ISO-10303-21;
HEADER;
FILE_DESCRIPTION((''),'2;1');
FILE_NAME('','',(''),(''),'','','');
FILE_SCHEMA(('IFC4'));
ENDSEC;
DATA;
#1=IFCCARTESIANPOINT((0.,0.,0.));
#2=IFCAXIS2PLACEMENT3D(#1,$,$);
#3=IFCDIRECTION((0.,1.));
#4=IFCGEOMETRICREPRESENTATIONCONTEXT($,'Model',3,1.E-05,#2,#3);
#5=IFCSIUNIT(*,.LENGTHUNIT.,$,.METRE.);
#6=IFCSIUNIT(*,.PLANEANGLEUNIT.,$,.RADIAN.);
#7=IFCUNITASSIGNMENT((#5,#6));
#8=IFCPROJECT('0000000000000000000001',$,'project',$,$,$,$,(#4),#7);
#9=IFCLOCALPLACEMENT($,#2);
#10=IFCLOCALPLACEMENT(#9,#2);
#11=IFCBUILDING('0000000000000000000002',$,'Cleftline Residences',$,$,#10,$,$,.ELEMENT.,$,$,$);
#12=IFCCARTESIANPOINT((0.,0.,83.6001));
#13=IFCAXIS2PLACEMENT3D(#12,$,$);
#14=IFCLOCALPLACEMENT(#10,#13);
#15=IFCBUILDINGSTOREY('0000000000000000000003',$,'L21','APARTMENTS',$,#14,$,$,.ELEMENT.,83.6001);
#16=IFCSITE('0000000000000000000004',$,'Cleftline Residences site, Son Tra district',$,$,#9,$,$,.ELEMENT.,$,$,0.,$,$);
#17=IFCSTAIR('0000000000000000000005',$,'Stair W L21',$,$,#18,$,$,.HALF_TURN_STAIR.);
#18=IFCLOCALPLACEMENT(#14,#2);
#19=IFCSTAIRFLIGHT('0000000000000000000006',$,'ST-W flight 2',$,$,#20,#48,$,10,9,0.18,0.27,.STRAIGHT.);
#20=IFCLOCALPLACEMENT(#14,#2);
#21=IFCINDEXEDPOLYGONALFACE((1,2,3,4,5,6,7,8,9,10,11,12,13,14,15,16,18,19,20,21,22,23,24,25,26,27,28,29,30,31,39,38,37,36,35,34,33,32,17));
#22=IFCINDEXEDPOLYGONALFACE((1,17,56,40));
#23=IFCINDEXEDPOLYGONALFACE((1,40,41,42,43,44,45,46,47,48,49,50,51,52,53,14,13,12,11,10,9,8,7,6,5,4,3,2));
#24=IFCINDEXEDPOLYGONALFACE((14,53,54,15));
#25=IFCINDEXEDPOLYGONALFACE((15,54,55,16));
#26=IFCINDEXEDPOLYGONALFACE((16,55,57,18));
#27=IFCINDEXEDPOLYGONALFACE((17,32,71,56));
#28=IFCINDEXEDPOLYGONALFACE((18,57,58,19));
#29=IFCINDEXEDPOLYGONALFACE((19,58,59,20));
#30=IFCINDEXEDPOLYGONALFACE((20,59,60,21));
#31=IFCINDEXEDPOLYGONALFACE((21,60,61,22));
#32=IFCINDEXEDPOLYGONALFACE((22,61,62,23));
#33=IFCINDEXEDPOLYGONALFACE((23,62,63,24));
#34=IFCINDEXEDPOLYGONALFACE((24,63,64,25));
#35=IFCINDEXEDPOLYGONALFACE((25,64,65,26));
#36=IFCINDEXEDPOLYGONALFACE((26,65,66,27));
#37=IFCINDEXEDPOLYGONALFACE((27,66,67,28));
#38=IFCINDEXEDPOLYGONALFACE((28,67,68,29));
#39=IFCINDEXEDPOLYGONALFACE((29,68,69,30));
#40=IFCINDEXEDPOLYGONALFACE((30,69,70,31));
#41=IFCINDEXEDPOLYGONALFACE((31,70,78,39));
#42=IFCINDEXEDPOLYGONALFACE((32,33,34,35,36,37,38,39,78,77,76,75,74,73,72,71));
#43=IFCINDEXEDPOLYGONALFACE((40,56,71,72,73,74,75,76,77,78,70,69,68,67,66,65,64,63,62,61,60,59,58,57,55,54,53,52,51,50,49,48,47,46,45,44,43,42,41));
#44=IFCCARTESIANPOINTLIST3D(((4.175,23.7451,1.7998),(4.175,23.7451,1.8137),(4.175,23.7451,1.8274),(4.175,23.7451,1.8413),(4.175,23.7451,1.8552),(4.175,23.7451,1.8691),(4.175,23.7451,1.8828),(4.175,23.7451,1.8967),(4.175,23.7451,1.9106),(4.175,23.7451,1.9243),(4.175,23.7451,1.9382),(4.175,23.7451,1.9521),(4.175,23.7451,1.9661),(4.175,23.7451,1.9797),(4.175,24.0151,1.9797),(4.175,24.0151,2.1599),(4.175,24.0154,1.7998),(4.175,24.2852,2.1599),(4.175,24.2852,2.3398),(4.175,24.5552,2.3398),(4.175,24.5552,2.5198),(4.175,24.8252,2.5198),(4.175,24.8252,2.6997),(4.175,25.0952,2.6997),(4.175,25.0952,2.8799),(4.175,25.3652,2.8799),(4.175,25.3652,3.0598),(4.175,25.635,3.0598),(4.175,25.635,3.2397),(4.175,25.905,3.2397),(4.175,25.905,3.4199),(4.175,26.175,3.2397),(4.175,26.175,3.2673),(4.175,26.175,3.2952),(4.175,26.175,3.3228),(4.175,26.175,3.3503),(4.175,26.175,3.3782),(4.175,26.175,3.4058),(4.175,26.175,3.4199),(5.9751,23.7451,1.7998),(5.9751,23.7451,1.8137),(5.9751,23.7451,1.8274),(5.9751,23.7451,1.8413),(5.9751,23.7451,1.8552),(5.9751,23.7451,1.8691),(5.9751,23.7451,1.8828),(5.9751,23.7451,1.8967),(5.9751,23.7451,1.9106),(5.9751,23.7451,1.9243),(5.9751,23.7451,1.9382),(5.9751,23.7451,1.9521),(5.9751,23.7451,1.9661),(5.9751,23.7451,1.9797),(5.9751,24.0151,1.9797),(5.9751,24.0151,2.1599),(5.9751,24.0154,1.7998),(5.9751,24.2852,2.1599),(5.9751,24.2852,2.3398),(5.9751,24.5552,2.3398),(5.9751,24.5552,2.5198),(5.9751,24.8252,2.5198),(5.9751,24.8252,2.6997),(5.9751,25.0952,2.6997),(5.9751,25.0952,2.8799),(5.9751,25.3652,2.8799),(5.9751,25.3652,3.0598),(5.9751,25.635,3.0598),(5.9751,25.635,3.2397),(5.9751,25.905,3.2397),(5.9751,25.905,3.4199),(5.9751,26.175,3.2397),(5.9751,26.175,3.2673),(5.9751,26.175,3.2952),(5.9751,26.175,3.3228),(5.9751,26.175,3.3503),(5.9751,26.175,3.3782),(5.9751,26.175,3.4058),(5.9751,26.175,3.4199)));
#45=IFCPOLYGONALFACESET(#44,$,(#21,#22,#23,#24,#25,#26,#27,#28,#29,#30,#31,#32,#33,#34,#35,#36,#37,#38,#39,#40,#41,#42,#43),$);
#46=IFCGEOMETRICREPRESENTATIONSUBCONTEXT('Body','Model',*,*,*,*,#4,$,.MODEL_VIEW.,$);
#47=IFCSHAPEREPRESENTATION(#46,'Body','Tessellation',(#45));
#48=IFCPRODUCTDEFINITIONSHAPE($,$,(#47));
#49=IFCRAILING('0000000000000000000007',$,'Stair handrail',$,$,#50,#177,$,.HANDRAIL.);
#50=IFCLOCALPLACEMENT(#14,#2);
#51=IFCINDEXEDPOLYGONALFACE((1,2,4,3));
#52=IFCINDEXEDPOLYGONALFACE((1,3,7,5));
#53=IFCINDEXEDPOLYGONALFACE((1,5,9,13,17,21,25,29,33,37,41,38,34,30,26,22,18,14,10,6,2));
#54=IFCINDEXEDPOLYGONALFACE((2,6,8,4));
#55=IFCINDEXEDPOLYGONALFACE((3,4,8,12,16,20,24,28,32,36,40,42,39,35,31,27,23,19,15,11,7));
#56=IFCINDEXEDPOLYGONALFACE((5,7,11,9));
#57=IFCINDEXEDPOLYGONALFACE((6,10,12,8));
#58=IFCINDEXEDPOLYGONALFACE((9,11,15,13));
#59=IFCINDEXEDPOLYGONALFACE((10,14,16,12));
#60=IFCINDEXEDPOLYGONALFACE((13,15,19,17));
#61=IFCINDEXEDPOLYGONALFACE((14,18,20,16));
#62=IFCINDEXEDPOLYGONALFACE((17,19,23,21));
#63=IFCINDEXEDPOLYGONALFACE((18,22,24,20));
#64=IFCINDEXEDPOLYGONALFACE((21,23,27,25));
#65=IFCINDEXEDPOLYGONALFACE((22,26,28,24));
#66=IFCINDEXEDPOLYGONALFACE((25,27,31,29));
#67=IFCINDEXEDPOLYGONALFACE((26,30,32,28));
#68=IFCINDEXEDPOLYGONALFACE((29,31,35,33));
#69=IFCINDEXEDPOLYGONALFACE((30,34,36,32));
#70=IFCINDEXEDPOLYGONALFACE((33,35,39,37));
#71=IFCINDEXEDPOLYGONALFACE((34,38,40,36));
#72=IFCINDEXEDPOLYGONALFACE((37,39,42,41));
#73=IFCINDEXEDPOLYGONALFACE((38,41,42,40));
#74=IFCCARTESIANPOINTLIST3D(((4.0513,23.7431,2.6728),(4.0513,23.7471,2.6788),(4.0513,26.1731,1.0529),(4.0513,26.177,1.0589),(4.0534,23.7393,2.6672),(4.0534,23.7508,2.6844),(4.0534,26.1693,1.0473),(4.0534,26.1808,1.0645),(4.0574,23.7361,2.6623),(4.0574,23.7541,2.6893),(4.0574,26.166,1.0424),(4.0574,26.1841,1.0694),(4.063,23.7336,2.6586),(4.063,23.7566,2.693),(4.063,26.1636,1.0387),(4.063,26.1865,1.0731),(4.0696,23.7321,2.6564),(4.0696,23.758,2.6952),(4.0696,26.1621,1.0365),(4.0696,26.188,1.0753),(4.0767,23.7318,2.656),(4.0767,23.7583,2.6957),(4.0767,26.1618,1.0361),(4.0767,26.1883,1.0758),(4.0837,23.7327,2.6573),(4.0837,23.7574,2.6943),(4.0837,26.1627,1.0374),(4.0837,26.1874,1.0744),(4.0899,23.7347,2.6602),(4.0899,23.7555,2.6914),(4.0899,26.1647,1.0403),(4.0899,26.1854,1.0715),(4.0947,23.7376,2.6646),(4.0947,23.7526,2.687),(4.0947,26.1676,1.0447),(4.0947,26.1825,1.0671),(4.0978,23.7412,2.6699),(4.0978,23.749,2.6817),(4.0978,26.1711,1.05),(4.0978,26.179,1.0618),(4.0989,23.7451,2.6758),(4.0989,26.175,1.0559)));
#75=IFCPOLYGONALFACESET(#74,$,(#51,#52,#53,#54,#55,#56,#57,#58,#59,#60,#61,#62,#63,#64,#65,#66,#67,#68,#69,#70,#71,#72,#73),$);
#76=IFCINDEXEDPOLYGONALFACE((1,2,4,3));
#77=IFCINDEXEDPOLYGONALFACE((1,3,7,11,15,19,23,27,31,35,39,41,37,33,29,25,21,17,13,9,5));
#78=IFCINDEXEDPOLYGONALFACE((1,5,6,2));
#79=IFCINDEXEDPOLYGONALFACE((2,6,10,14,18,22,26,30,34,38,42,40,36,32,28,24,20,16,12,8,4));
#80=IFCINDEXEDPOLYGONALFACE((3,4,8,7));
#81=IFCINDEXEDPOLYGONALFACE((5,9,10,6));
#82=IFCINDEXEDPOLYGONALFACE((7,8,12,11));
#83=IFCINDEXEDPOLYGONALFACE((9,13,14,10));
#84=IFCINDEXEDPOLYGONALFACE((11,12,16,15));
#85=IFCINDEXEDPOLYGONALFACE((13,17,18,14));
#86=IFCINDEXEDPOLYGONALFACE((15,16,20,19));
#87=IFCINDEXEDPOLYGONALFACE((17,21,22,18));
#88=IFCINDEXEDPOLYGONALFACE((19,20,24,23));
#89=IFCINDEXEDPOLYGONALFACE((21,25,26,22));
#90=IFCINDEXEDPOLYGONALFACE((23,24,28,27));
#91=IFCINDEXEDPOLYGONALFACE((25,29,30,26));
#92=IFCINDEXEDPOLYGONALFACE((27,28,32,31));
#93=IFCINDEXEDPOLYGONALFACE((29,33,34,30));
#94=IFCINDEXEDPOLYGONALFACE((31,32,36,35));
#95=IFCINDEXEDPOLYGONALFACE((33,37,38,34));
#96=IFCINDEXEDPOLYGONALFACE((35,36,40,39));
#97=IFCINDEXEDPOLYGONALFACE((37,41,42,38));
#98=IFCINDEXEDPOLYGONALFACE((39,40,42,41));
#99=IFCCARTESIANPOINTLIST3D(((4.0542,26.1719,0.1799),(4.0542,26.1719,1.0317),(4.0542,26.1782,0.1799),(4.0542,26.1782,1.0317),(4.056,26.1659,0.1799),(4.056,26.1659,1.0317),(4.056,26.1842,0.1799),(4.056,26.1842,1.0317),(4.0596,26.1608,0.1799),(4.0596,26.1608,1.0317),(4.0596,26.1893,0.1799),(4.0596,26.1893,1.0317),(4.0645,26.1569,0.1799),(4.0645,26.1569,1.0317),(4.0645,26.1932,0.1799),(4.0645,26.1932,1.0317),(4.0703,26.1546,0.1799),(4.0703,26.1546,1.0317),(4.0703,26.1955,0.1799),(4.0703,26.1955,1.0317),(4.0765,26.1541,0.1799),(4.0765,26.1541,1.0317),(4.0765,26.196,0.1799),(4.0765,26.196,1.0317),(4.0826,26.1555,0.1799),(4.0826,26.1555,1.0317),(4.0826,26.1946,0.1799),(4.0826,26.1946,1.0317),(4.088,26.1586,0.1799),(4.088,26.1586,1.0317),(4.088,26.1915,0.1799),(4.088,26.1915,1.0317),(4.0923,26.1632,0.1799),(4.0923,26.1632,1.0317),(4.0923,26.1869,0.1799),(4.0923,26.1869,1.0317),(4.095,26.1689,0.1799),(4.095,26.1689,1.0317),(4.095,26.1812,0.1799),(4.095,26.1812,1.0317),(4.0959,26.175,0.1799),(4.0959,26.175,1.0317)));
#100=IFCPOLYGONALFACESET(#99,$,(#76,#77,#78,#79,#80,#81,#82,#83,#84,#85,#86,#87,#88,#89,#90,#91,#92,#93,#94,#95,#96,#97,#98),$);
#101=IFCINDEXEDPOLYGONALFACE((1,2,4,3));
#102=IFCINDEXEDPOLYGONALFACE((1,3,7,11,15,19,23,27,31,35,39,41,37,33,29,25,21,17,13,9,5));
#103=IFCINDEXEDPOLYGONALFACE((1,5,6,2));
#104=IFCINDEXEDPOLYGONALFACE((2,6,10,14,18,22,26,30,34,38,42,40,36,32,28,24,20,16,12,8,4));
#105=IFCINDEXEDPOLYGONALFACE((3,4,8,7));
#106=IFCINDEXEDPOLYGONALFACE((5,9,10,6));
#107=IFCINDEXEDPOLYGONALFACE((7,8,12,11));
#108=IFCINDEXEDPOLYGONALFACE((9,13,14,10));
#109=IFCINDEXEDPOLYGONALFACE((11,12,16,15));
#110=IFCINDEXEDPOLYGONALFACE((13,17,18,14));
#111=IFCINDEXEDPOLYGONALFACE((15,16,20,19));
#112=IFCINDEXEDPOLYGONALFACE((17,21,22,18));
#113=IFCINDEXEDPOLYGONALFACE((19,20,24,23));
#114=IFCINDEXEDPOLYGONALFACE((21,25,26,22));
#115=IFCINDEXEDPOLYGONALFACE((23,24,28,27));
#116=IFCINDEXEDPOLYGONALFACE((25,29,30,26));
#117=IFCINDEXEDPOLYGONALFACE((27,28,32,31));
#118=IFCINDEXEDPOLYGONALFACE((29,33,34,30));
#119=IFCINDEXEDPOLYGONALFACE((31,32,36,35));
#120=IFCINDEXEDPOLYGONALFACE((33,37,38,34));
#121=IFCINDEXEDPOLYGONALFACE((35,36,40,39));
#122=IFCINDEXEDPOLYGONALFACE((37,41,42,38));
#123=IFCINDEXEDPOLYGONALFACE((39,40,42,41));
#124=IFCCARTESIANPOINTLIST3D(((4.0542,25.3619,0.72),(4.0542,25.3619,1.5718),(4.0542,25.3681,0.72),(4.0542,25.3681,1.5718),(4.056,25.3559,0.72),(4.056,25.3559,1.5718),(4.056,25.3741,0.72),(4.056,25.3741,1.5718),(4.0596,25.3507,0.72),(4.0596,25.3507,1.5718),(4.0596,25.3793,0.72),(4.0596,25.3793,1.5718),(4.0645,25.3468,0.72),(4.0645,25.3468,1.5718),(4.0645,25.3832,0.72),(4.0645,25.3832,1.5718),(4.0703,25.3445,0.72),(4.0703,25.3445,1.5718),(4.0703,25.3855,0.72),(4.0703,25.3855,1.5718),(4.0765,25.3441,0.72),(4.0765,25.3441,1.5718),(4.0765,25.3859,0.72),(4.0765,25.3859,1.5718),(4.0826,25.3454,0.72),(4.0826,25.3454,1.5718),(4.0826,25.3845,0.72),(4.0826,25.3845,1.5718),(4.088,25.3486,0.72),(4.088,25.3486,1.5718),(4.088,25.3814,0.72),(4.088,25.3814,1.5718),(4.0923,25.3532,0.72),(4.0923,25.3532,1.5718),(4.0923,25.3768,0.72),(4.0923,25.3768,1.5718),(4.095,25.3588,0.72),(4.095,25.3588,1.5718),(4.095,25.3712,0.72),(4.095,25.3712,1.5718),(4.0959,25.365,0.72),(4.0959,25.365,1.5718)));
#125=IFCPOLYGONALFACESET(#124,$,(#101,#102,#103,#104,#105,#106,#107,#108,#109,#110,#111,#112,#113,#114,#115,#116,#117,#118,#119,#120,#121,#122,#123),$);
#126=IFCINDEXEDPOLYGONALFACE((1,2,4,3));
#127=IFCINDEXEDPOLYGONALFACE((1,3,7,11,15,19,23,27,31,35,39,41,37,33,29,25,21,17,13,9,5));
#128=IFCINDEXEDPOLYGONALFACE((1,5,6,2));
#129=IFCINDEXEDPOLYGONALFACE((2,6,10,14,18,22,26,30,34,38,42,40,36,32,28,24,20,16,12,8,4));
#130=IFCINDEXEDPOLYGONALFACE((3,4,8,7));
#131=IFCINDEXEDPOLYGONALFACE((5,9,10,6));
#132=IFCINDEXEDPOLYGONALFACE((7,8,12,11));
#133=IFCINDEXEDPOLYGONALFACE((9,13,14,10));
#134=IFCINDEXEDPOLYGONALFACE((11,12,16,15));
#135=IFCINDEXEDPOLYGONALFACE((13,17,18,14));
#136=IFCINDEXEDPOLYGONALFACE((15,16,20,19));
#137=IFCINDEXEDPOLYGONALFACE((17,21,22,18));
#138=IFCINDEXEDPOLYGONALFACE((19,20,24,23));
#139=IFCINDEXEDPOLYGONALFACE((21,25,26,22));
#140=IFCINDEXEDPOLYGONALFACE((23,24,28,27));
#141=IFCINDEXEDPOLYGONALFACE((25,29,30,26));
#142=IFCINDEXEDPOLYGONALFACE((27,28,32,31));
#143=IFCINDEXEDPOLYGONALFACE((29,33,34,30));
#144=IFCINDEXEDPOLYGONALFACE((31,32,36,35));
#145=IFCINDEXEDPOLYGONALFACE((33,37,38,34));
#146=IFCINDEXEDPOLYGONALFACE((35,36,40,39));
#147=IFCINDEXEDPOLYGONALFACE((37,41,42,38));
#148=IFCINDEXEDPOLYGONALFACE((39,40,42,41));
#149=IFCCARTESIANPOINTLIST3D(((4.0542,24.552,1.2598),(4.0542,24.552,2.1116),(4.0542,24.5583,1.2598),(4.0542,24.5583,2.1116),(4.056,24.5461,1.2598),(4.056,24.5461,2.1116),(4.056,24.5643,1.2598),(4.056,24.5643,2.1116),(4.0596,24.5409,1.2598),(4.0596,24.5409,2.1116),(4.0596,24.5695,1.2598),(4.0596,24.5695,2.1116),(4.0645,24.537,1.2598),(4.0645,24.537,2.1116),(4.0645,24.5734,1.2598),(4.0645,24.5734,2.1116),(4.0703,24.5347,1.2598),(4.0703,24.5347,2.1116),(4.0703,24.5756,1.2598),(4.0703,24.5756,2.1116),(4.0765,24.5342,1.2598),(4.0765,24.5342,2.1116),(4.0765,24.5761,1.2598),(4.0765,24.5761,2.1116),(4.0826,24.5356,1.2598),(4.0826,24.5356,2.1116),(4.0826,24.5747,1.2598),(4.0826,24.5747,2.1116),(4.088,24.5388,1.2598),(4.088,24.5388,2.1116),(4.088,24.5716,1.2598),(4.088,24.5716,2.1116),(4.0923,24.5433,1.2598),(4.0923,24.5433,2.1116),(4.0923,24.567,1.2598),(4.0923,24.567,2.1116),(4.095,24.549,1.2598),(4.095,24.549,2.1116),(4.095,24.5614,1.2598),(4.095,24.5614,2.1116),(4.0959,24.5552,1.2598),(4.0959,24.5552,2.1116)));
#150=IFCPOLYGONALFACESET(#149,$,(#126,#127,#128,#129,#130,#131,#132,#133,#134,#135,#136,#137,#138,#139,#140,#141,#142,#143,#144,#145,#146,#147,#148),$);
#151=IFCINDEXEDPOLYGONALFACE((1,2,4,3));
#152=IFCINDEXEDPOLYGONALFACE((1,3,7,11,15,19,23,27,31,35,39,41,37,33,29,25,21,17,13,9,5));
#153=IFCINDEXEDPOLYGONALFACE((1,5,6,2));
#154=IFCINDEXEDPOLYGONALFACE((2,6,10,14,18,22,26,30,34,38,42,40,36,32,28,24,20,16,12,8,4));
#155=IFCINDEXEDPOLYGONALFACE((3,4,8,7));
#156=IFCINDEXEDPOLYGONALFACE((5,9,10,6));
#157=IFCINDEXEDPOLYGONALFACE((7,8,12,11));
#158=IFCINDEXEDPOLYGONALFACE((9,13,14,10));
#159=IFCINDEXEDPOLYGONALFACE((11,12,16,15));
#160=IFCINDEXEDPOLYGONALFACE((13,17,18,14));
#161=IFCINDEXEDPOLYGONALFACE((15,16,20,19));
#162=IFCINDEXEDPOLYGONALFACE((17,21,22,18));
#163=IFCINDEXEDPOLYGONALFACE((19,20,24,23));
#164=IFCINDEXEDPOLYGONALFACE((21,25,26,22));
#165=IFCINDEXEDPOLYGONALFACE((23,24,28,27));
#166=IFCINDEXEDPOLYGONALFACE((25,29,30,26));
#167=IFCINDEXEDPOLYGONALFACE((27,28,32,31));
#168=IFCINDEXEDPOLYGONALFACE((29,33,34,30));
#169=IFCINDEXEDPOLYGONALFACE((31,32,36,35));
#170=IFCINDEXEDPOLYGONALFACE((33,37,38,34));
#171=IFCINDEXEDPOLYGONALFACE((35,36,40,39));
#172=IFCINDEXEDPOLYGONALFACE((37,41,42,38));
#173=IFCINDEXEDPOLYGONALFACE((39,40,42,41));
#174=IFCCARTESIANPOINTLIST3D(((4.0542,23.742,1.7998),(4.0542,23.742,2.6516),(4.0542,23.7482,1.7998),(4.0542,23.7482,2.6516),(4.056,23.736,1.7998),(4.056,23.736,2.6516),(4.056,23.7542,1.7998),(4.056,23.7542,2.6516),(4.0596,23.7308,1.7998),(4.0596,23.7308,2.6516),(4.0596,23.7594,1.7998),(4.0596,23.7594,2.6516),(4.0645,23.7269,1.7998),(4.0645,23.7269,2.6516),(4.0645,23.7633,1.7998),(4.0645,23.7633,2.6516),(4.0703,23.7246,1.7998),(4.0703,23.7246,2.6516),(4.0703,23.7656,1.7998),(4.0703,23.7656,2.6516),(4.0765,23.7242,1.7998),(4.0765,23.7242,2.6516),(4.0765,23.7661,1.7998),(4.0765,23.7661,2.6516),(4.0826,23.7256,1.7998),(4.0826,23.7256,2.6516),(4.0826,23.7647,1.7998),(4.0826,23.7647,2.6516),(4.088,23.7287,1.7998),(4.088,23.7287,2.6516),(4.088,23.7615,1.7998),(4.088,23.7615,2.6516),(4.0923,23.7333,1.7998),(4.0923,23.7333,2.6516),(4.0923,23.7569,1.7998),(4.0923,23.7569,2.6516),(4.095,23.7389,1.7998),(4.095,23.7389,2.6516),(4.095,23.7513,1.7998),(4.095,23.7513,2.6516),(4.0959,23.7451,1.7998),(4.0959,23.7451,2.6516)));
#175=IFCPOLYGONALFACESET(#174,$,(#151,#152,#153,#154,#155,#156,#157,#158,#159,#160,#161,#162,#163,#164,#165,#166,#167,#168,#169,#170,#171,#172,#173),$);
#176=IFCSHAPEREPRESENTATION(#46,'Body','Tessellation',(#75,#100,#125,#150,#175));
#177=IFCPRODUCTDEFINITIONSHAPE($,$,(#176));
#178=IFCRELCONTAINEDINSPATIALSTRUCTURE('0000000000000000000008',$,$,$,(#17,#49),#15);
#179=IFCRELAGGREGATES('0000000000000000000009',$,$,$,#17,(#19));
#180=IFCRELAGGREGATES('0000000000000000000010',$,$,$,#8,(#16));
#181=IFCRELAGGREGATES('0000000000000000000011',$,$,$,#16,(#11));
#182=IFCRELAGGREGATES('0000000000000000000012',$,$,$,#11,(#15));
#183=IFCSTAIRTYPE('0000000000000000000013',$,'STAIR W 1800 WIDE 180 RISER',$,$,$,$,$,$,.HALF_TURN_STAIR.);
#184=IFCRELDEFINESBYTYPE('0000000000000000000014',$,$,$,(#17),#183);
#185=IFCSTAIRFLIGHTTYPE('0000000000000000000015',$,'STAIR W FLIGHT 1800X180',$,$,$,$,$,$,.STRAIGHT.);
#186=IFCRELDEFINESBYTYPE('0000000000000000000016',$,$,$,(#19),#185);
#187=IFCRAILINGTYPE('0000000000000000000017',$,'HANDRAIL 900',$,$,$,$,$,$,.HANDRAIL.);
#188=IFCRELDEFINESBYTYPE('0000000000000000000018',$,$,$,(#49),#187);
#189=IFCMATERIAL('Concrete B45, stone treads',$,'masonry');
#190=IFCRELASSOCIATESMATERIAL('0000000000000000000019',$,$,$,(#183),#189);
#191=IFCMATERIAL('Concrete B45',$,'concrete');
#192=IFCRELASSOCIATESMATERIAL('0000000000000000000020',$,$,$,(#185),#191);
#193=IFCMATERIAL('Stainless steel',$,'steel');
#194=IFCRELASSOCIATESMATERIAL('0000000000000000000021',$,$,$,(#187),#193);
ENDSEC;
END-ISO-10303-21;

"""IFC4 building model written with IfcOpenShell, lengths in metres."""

from ifc_helpers import new_model, si_unit, direction, frame, origin, origin_2d, place, context, subcontext, project, spatial, polyline, circle, outline, extrude, material, type_object, element, aggregate, save


model = new_model("IFC4")

# Units and contexts
model_context = context("Model", 3, precision=1e-05, world=origin(), true_north=direction((0.0, 1.0)))
body_context = subcontext(model_context, "Body", "Model", "MODEL_VIEW")
ifc_project = project(units=[si_unit("LENGTHUNIT", "METRE"), si_unit("PLANEANGLEUNIT", "RADIAN")], contexts=[model_context])

# Site, building, storey
site_placement = place(None, origin())
site = spatial("IfcSite", under=ifc_project, at=site_placement, Name="Cleftline Residences site, Son Tra district", CompositionType="ELEMENT", RefElevation=0.0)
building_placement = place(site_placement, origin())
building = spatial("IfcBuilding", under=site, at=building_placement, Name="Cleftline Residences", CompositionType="ELEMENT")
storey_placement = place(building_placement, frame((0.0, 0.0, 83.6001)))
storey = spatial("IfcBuildingStorey", under=building, at=storey_placement, Name="L21", Description="APARTMENTS", CompositionType="ELEMENT", Elevation=83.6001)

# Stair, stair flight
ifc_material_1 = material(Name="Concrete B45, stone treads", Category="masonry")
stair_type = type_object("IfcStairType", Name="STAIR W 1800 WIDE 180 RISER", PredefinedType="HALF_TURN_STAIR", material=ifc_material_1)
stair_placement = place(storey_placement, origin())
stair = element("IfcStair", 1, at=stair_placement, inside=storey, type_object=stair_type, Name="Stair W L21", PredefinedType="HALF_TURN_STAIR")
ifc_material_2 = material(Name="Concrete B45", Category="concrete")
stair_flight_type = type_object("IfcStairFlightType", Name="STAIR W FLIGHT 1800X180", PredefinedType="STRAIGHT", material=ifc_material_2)
stair_flight_1_placement = place(storey_placement, frame((5.075, 23.7451, 1.7998), z_axis=(0.0, 0.0, 1.0), x_axis=(0.0, 1.0, 0.0)))
stair_flight_1 = element("IfcStairFlight", 2, at=stair_flight_1_placement, type_object=stair_flight_type, Name="ST-W flight 2", NumberOfRisers=10, NumberOfTreads=9, PredefinedType="STRAIGHT", RiserHeight=0.18, TreadLength=0.27, context=body_context, shape_type="SweptSolid", body=[
    extrude(outline(polyline([(0.0, 0.0), (0.0, 0.0139), (0.0, 0.0276), (0.0, 0.0415), (0.0, 0.0554), (0.0, 0.0693), (0.0, 0.083), (0.0, 0.0969), (0.0, 0.1108), (0.0, 0.1245), (0.0, 0.1384), (0.0, 0.1523), (0.0, 0.1663), (0.0, 0.1799), (0.27, 0.1799), (0.27, 0.3601), (0.54, 0.3601), (0.54, 0.54), (0.8101, 0.54), (0.8101, 0.72), (1.0801, 0.72), (1.0801, 0.8999), (1.3501, 0.8999), (1.3501, 1.0801), (1.6201, 1.0801), (1.6201, 1.26), (1.8899, 1.26), (1.8899, 1.4399), (2.1599, 1.4399), (2.1599, 1.6201), (2.4299, 1.6201), (2.4299, 1.8), (2.4299, 1.7722), (2.4299, 1.7446), (2.4299, 1.7168), (2.4299, 1.6892), (2.4299, 1.6614), (2.4299, 1.6338), (2.4299, 1.606), (2.4299, 1.5784), (2.4299, 1.5505), (2.4299, 1.5229), (2.4299, 1.4954), (2.4299, 1.4675), (2.4299, 1.4399), (0.2703, 0.0), (0.0, 0.0)])), frame((0.0, 0.8999, 0.0), z_axis=(0.0, -1.0, 0.0), x_axis=(1.0, 0.0, 0.0)), (0.0, 0.0, 1.0), 1.8),
])
aggregate(stair, [stair_flight_1])

# Railing
ifc_material_3 = material(Name="Stainless steel", Category="steel")
railing_type = type_object("IfcRailingType", Name="HANDRAIL 900", PredefinedType="HANDRAIL", material=ifc_material_3)
railing_1_placement = place(storey_placement, frame((4.075, 26.175, 0.1799)))
element("IfcRailing", 3, at=railing_1_placement, inside=storey, type_object=railing_type, Name="Stair handrail", PredefinedType="HANDRAIL", context=body_context, shape_type="SweptSolid", body=[
    extrude(circle(Radius=0.0239, at=origin_2d()), frame((0.0, 0.0, 0.876), z_axis=(0.0, -0.832063, 0.554681), x_axis=(1.0, 0.0, 0.0)), (0.0, 0.0, 1.0), 2.9204),
    extrude(circle(Radius=0.021, at=origin_2d()), origin(), (0.0, 0.0, 1.0), 0.8518),
    extrude(circle(Radius=0.021, at=origin_2d()), frame((0.0, -0.8101, 0.54)), (0.0, 0.0, 1.0), 0.8518),
    extrude(circle(Radius=0.021, at=origin_2d()), frame((0.0, -1.6199, 1.0798)), (0.0, 0.0, 1.0), 0.8518),
    extrude(circle(Radius=0.021, at=origin_2d()), frame((0.0, -2.4299, 1.6199)), (0.0, 0.0, 1.0), 0.8518),
])

save(model, "model.ifc")
